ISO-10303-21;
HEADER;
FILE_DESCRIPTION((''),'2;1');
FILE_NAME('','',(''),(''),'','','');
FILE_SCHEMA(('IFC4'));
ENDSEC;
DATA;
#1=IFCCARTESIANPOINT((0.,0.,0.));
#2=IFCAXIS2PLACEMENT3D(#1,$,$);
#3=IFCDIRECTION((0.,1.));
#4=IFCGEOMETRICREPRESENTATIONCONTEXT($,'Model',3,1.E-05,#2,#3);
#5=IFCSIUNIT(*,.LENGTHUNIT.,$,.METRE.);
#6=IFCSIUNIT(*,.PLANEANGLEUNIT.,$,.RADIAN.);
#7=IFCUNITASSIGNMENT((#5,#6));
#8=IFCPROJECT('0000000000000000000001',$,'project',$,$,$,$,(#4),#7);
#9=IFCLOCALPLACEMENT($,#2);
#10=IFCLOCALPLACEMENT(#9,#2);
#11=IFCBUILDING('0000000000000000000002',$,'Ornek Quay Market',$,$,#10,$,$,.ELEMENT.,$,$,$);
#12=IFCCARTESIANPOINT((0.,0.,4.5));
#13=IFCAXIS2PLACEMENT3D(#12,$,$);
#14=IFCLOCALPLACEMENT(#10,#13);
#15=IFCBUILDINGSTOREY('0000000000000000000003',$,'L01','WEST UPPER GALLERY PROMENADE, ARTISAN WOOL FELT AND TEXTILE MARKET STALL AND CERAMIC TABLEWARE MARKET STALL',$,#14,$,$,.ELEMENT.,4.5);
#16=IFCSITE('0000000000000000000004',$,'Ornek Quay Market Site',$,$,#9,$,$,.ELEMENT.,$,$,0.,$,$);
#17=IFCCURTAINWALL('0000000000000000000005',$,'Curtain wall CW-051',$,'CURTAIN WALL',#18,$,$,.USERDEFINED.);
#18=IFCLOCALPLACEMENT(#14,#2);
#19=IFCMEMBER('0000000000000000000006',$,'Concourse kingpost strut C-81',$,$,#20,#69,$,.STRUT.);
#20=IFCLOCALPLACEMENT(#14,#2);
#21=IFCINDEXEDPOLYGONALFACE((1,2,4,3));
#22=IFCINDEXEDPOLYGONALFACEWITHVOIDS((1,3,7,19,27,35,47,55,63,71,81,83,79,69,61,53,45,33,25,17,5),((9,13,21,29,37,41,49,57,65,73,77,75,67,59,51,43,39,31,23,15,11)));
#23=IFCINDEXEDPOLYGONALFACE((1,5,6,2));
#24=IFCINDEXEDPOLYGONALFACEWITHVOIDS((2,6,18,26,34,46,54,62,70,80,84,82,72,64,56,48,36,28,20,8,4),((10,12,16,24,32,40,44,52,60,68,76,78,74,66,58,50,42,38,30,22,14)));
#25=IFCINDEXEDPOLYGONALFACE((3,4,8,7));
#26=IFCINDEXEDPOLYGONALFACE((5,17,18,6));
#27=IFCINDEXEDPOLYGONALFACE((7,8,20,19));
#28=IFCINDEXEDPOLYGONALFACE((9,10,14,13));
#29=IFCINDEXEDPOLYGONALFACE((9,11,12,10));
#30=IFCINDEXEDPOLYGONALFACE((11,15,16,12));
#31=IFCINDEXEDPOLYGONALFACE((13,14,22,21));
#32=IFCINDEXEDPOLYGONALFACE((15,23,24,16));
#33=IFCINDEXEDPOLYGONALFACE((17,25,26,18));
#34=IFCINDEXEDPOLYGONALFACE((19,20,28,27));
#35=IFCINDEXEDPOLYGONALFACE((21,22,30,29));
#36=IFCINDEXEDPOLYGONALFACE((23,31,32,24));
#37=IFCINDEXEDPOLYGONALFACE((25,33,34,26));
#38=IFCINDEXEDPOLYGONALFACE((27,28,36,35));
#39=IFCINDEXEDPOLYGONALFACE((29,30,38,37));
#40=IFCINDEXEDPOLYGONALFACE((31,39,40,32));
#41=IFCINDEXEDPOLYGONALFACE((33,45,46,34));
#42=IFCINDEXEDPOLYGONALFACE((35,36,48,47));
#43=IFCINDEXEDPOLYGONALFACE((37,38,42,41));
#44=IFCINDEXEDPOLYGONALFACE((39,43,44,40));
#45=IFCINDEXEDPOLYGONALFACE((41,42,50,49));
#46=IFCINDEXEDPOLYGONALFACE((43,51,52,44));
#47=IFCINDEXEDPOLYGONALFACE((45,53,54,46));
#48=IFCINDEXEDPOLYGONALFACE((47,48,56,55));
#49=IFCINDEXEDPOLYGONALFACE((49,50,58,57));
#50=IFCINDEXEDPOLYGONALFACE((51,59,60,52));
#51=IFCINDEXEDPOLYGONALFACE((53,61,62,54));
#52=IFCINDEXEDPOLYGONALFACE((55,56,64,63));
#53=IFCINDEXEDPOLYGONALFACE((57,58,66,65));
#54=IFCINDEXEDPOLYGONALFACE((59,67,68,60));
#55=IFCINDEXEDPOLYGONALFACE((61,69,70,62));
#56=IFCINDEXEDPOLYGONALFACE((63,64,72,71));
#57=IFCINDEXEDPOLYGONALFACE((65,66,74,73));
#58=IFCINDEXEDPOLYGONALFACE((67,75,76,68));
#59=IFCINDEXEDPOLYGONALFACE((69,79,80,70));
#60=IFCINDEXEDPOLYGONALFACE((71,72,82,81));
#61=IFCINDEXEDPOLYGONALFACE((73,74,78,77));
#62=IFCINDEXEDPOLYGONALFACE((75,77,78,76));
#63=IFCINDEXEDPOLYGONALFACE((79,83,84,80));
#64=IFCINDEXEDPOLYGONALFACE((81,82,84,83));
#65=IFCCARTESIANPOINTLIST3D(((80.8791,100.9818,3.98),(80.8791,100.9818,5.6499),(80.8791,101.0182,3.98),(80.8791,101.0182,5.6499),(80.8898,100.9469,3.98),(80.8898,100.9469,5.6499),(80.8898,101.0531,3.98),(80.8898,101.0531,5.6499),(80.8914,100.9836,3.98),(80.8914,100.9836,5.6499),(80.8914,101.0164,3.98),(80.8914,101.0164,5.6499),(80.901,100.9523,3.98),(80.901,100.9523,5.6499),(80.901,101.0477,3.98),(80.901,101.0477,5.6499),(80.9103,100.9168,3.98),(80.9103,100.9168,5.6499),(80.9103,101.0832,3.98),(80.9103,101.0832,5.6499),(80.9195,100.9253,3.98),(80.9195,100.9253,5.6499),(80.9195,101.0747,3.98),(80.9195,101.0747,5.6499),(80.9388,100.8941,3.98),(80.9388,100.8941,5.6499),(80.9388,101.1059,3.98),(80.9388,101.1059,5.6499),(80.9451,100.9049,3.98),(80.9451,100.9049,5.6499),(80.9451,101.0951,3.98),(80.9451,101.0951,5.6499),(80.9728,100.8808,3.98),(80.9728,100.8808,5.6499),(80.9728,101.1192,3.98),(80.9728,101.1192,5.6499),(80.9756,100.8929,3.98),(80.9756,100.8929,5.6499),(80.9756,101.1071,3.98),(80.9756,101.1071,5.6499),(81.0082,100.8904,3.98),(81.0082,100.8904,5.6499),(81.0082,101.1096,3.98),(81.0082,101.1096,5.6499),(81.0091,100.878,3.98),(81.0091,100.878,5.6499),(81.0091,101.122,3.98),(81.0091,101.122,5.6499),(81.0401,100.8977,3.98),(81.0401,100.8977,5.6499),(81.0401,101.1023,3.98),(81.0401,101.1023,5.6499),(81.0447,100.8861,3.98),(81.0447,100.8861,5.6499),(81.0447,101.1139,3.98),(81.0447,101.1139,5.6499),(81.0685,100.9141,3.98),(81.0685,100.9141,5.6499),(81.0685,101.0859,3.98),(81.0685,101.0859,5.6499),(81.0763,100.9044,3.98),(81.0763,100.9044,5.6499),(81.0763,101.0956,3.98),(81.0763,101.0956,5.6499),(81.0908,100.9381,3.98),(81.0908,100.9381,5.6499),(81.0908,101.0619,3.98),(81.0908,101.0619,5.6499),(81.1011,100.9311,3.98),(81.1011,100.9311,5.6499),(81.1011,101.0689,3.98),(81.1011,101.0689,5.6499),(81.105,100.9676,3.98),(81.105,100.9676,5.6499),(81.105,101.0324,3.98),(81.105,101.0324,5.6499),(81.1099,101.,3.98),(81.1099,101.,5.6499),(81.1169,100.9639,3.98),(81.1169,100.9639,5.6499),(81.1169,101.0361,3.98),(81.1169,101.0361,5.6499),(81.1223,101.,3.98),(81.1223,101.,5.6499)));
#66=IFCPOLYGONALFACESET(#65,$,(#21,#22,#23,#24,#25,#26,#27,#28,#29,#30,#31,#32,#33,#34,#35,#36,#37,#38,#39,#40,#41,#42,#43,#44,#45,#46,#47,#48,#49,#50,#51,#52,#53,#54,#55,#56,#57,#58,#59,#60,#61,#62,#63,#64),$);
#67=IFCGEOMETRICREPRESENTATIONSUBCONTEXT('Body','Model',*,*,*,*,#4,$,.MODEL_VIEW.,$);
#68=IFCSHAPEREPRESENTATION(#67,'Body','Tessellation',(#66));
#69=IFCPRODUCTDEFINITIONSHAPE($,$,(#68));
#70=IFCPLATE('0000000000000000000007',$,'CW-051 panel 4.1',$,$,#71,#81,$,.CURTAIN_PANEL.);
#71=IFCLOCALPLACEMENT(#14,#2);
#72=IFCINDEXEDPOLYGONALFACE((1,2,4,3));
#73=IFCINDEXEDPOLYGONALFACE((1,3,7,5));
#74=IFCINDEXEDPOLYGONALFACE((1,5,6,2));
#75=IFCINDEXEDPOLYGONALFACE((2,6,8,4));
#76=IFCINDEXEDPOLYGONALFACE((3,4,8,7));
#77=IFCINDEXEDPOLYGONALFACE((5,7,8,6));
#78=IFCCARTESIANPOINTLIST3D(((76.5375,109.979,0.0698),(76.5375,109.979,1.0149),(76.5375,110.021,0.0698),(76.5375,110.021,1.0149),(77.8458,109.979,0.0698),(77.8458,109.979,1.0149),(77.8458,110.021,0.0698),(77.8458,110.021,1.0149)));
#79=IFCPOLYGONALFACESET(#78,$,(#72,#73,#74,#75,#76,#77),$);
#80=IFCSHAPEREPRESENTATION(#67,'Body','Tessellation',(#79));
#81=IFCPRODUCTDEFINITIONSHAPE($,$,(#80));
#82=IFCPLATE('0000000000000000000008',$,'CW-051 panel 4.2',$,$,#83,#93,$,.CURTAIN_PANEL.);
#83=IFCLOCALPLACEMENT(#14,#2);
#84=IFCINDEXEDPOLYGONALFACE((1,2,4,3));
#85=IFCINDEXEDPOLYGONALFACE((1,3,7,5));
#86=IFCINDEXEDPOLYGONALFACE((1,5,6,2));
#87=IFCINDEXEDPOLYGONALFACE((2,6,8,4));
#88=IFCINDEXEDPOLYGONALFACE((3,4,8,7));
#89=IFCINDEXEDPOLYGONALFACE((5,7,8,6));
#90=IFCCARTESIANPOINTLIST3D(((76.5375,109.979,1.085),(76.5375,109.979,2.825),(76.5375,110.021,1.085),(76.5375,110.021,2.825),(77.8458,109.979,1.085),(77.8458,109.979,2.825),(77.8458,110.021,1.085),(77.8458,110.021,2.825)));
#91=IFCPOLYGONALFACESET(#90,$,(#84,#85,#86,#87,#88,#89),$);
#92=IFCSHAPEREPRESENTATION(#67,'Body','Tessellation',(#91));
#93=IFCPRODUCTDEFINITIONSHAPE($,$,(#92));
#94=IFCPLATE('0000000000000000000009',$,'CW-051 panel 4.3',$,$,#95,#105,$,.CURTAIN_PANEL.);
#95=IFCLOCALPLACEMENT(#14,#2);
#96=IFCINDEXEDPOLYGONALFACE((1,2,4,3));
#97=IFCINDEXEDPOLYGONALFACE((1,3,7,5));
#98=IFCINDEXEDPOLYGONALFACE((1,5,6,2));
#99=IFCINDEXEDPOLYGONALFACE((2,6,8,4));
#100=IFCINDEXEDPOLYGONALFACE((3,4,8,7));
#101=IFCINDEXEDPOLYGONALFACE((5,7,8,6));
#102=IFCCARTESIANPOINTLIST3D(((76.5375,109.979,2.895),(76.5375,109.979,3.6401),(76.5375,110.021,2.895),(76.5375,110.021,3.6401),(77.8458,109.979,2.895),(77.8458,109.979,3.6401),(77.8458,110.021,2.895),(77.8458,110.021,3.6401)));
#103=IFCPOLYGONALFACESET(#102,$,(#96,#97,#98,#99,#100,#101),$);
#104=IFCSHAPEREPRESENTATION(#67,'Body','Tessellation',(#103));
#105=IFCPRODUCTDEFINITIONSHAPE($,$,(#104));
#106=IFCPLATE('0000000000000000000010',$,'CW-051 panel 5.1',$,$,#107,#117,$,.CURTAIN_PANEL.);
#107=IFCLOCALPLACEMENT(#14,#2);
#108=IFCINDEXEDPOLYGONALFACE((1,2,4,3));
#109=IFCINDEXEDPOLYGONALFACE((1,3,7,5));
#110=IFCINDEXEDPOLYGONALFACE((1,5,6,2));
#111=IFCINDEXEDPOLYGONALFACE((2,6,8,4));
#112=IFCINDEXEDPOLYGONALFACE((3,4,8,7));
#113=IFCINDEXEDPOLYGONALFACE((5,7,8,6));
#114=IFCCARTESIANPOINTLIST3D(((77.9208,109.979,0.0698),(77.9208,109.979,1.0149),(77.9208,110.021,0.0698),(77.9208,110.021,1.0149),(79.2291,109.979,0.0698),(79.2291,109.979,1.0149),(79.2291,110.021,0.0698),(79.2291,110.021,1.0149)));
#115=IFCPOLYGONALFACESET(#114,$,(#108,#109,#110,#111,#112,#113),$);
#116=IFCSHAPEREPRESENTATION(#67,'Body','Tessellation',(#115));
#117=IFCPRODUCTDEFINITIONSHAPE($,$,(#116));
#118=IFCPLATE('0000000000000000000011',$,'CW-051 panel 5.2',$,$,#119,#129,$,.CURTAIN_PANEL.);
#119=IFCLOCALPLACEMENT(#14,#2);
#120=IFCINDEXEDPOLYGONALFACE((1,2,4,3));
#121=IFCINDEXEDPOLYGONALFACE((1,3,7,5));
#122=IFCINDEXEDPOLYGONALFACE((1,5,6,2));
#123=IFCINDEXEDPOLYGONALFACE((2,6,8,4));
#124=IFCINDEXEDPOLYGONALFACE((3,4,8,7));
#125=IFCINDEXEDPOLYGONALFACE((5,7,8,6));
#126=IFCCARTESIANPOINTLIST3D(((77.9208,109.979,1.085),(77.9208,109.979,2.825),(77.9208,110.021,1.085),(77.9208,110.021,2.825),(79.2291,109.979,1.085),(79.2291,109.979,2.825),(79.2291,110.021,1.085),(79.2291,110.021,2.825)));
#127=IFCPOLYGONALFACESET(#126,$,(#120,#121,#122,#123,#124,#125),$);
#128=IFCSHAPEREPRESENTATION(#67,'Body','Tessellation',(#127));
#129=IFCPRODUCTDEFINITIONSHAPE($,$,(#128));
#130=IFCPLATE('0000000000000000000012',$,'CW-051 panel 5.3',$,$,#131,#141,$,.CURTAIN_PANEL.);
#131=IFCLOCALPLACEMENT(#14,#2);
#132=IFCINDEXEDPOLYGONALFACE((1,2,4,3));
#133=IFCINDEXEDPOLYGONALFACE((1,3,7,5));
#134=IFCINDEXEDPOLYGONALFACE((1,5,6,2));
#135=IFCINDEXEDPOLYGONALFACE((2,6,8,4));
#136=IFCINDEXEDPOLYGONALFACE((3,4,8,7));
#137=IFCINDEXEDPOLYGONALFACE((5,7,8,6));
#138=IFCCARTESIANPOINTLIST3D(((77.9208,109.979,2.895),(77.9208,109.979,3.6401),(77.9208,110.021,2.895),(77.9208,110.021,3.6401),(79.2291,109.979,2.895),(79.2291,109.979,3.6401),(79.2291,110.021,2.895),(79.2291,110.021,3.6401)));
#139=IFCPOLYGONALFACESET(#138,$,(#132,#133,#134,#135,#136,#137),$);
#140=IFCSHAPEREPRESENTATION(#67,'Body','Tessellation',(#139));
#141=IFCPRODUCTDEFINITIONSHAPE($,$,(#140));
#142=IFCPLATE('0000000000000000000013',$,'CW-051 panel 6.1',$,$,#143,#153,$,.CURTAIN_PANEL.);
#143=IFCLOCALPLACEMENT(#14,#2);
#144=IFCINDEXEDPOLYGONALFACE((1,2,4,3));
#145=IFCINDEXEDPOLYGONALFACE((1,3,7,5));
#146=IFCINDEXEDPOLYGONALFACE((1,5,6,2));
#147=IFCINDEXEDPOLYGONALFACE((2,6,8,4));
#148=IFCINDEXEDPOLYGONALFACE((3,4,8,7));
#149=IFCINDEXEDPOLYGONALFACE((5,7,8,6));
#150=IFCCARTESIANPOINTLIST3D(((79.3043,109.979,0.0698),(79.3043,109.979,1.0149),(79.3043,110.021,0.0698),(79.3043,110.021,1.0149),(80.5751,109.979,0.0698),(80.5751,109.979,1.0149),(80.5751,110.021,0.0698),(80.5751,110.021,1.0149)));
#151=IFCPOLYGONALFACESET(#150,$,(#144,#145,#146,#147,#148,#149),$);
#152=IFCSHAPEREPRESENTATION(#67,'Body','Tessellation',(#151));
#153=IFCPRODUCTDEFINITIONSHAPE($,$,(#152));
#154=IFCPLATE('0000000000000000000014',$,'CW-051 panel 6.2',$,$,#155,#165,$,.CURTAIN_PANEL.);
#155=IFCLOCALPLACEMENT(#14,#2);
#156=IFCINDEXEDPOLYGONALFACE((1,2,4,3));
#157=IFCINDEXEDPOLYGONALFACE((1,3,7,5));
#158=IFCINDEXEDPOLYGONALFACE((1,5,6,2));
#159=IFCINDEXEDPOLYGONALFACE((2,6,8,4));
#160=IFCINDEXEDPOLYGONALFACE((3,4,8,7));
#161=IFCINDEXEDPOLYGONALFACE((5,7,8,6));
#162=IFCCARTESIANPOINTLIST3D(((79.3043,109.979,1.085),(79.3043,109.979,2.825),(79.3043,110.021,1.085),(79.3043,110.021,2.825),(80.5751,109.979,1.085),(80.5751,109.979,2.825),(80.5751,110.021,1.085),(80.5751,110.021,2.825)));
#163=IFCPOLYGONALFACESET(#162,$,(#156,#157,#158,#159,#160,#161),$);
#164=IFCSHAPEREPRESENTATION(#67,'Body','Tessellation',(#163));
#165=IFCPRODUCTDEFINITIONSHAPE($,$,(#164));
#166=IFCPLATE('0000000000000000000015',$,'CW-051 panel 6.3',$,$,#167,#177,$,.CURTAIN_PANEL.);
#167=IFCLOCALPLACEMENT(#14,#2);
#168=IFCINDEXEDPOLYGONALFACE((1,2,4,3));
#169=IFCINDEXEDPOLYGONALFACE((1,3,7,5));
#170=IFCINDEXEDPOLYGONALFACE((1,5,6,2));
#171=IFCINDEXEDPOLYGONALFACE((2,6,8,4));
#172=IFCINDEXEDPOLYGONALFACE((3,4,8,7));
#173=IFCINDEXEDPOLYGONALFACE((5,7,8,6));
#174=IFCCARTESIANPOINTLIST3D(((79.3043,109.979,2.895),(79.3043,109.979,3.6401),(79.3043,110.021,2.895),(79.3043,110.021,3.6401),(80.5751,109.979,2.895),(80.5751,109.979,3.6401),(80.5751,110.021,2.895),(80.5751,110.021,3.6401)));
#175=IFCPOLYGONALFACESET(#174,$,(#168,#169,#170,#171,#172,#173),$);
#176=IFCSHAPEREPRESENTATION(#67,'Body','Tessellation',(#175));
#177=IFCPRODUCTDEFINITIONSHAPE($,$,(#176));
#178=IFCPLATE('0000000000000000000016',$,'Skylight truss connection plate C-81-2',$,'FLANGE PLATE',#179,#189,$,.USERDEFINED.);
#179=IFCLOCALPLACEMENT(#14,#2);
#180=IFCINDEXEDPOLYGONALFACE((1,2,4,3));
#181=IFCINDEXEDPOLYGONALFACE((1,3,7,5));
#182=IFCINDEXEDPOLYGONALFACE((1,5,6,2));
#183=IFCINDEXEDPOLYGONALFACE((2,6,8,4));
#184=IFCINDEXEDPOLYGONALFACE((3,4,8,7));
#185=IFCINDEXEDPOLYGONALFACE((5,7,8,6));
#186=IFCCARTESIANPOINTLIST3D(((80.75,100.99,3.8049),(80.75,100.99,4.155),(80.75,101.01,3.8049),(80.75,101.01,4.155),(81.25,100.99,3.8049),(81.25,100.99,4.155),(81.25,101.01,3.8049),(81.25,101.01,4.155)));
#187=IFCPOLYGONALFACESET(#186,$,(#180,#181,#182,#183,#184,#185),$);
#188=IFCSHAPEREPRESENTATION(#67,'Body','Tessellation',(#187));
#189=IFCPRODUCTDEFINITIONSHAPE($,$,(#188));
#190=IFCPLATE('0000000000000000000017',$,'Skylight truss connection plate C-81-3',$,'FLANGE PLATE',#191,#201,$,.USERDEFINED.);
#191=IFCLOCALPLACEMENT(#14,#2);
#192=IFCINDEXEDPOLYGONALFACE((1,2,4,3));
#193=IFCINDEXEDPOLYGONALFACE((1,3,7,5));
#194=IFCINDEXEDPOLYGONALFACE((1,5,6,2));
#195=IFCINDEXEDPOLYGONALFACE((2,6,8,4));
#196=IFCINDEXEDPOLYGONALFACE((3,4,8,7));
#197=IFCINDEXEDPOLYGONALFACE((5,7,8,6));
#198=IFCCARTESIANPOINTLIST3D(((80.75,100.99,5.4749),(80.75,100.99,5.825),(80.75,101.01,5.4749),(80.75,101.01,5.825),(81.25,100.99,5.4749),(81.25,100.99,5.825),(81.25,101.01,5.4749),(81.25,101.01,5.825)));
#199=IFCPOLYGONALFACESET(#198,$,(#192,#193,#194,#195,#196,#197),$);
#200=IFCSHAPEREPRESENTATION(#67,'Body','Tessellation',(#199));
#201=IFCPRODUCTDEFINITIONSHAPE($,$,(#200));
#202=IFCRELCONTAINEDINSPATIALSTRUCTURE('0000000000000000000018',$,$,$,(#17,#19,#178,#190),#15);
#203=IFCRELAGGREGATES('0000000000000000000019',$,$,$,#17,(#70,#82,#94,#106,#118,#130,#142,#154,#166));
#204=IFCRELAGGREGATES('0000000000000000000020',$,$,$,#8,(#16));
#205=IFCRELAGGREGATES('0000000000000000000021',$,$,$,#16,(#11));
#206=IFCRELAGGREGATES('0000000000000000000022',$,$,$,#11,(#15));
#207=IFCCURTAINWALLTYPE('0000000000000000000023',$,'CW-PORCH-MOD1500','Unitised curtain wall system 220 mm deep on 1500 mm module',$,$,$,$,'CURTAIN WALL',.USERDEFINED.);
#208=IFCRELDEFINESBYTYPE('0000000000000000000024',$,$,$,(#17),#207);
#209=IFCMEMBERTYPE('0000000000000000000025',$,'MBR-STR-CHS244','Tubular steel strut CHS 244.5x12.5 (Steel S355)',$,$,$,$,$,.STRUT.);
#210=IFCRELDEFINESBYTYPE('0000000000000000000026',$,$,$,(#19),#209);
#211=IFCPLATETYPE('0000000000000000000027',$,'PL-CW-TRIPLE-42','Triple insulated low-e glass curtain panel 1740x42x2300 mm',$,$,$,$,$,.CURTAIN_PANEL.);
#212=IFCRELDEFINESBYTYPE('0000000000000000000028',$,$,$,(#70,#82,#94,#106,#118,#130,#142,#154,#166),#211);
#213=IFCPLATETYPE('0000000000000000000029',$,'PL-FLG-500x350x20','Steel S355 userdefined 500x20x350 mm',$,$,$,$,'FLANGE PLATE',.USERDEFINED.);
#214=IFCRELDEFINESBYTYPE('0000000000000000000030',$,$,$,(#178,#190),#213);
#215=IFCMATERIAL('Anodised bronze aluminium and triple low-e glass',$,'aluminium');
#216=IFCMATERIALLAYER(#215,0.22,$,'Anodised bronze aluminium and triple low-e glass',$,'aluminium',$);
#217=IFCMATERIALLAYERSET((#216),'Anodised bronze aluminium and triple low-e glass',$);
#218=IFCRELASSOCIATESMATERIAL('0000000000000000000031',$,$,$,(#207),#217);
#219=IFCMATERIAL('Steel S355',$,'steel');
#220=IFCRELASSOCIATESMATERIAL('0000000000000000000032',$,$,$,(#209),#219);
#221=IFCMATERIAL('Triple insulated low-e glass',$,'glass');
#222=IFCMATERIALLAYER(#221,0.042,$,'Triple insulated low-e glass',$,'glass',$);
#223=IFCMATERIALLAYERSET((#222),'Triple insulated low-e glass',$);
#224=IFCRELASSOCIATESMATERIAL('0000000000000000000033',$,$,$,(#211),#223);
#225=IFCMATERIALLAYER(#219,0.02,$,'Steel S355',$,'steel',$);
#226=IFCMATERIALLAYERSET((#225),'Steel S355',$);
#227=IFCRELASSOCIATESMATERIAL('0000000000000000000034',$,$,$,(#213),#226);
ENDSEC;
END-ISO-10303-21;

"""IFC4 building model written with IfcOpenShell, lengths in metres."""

from ifc_helpers import new_model, si_unit, direction, frame, origin, origin_2d, place, context, subcontext, project, spatial, rectangle, hollow_circle, extrude, material, layer, layer_set, material_profile, profile_set, type_object, element, aggregate, save


model = new_model("IFC4")

# Units and contexts
model_context = context("Model", 3, precision=1e-05, world=origin(), true_north=direction((0.0, 1.0)))
body_context = subcontext(model_context, "Body", "Model", "MODEL_VIEW")
ifc_project = project(units=[si_unit("LENGTHUNIT", "METRE"), si_unit("PLANEANGLEUNIT", "RADIAN")], contexts=[model_context])

# Site, building, storey
site_placement = place(None, origin())
site = spatial("IfcSite", under=ifc_project, at=site_placement, Name="Ornek Quay Market Site", CompositionType="ELEMENT", RefElevation=0.0)
building_placement = place(site_placement, origin())
building = spatial("IfcBuilding", under=site, at=building_placement, Name="Ornek Quay Market", CompositionType="ELEMENT")
storey_placement = place(building_placement, frame((0.0, 0.0, 4.5)))
storey = spatial("IfcBuildingStorey", under=building, at=storey_placement, Name="L01", Description="WEST UPPER GALLERY PROMENADE, ARTISAN WOOL FELT AND TEXTILE MARKET STALL AND CERAMIC TABLEWARE MARKET STALL", CompositionType="ELEMENT", Elevation=4.5)

# Curtain wall
ifc_material_1 = material(Name="Anodised bronze aluminium and triple low-e glass", Category="aluminium")
ifc_layer_1 = layer(ifc_material_1, 0.22, Name="Anodised bronze aluminium and triple low-e glass", Category="aluminium")
ifc_layer_set_1 = layer_set([ifc_layer_1], Name="Anodised bronze aluminium and triple low-e glass")
curtain_wall_type = type_object("IfcCurtainWallType", Name="CW-PORCH-MOD1500", Description="Unitised curtain wall system 220 mm deep on 1500 mm module", ElementType="CURTAIN WALL", PredefinedType="USERDEFINED", material=ifc_layer_set_1)
curtain_wall_1_placement = place(storey_placement, origin())
curtain_wall_1 = element("IfcCurtainWall", 1, at=curtain_wall_1_placement, inside=storey, type_object=curtain_wall_type, Name="Curtain wall CW-051", ObjectType="CURTAIN WALL", PredefinedType="USERDEFINED")

# Member
ifc_material_2 = material(Name="Steel S355", Category="steel")
ifc_material_profile_1 = material_profile(ifc_material_2, hollow_circle(Radius=0.1223, WallThickness=0.0125, at=origin_2d()), Name="CHS 244.5x12.5", Category="steel")
ifc_profile_set_1 = profile_set([ifc_material_profile_1], Name="Steel S355")
member_type_1 = type_object("IfcMemberType", Name="MBR-STR-CHS244", Description="Tubular steel strut CHS 244.5x12.5 (Steel S355)", PredefinedType="STRUT", material=ifc_profile_set_1)
member_1_placement = place(storey_placement, frame((81.0, 101.0, 3.98), z_axis=(0.0, 0.0, 1.0), x_axis=(1.0, 0.0, 0.0)))
element("IfcMember", 2, at=member_1_placement, inside=storey, type_object=member_type_1, Name="Concourse kingpost strut C-81", PredefinedType="STRUT", context=body_context, shape_type="SweptSolid", body=[
    extrude(hollow_circle(Radius=0.1223, WallThickness=0.0125, at=origin_2d()), origin(), (0.0, 0.0, 1.0), 1.6699),
])

# Plates
ifc_material_3 = material(Name="Triple insulated low-e glass", Category="glass")
ifc_layer_2 = layer(ifc_material_3, 0.042, Name="Triple insulated low-e glass", Category="glass")
ifc_layer_set_2 = layer_set([ifc_layer_2], Name="Triple insulated low-e glass")
plate_type_1 = type_object("IfcPlateType", Name="PL-CW-TRIPLE-42", Description="Triple insulated low-e glass curtain panel 1740x42x2300 mm", PredefinedType="CURTAIN_PANEL", material=ifc_layer_set_2)
plate_1_placement = place(storey_placement, frame((77.1917, 110.0, 0.0698), z_axis=(0.0, 0.0, 1.0), x_axis=(1.0, 0.0, 0.0)))
plate_1 = element("IfcPlate", 3, at=plate_1_placement, type_object=plate_type_1, Name="CW-051 panel 4.1", PredefinedType="CURTAIN_PANEL", context=body_context, shape_type="SweptSolid", body=[
    extrude(rectangle(XDim=1.3083, YDim=0.042, at=origin_2d()), origin(), (0.0, 0.0, 1.0), 0.9451),
])
plate_2_placement = place(storey_placement, frame((77.1917, 110.0, 1.085), z_axis=(0.0, 0.0, 1.0), x_axis=(1.0, 0.0, 0.0)))
plate_2 = element("IfcPlate", 4, at=plate_2_placement, type_object=plate_type_1, Name="CW-051 panel 4.2", PredefinedType="CURTAIN_PANEL", context=body_context, shape_type="SweptSolid", body=[
    extrude(rectangle(XDim=1.3083, YDim=0.042, at=origin_2d()), origin(), (0.0, 0.0, 1.0), 1.74),
])
plate_3_placement = place(storey_placement, frame((77.1917, 110.0, 2.895), z_axis=(0.0, 0.0, 1.0), x_axis=(1.0, 0.0, 0.0)))
plate_3 = element("IfcPlate", 5, at=plate_3_placement, type_object=plate_type_1, Name="CW-051 panel 4.3", PredefinedType="CURTAIN_PANEL", context=body_context, shape_type="SweptSolid", body=[
    extrude(rectangle(XDim=1.3083, YDim=0.042, at=origin_2d()), origin(), (0.0, 0.0, 1.0), 0.7451),
])
plate_4_placement = place(storey_placement, frame((78.575, 110.0, 0.0698), z_axis=(0.0, 0.0, 1.0), x_axis=(1.0, 0.0, 0.0)))
plate_4 = element("IfcPlate", 6, at=plate_4_placement, type_object=plate_type_1, Name="CW-051 panel 5.1", PredefinedType="CURTAIN_PANEL", context=body_context, shape_type="SweptSolid", body=[
    extrude(rectangle(XDim=1.3083, YDim=0.042, at=origin_2d()), origin(), (0.0, 0.0, 1.0), 0.9451),
])
plate_5_placement = place(storey_placement, frame((78.575, 110.0, 1.085), z_axis=(0.0, 0.0, 1.0), x_axis=(1.0, 0.0, 0.0)))
plate_5 = element("IfcPlate", 7, at=plate_5_placement, type_object=plate_type_1, Name="CW-051 panel 5.2", PredefinedType="CURTAIN_PANEL", context=body_context, shape_type="SweptSolid", body=[
    extrude(rectangle(XDim=1.3083, YDim=0.042, at=origin_2d()), origin(), (0.0, 0.0, 1.0), 1.74),
])
plate_6_placement = place(storey_placement, frame((78.575, 110.0, 2.895), z_axis=(0.0, 0.0, 1.0), x_axis=(1.0, 0.0, 0.0)))
plate_6 = element("IfcPlate", 8, at=plate_6_placement, type_object=plate_type_1, Name="CW-051 panel 5.3", PredefinedType="CURTAIN_PANEL", context=body_context, shape_type="SweptSolid", body=[
    extrude(rectangle(XDim=1.3083, YDim=0.042, at=origin_2d()), origin(), (0.0, 0.0, 1.0), 0.7451),
])
plate_7_placement = place(storey_placement, frame((79.9397, 110.0, 0.0698), z_axis=(0.0, 0.0, 1.0), x_axis=(1.0, 0.0, 0.0)))
plate_7 = element("IfcPlate", 9, at=plate_7_placement, type_object=plate_type_1, Name="CW-051 panel 6.1", PredefinedType="CURTAIN_PANEL", context=body_context, shape_type="SweptSolid", body=[
    extrude(rectangle(XDim=1.2708, YDim=0.042, at=origin_2d()), origin(), (0.0, 0.0, 1.0), 0.9451),
])
plate_8_placement = place(storey_placement, frame((79.9397, 110.0, 1.085), z_axis=(0.0, 0.0, 1.0), x_axis=(1.0, 0.0, 0.0)))
plate_8 = element("IfcPlate", 10, at=plate_8_placement, type_object=plate_type_1, Name="CW-051 panel 6.2", PredefinedType="CURTAIN_PANEL", context=body_context, shape_type="SweptSolid", body=[
    extrude(rectangle(XDim=1.2708, YDim=0.042, at=origin_2d()), origin(), (0.0, 0.0, 1.0), 1.74),
])
plate_9_placement = place(storey_placement, frame((79.9397, 110.0, 2.895), z_axis=(0.0, 0.0, 1.0), x_axis=(1.0, 0.0, 0.0)))
plate_9 = element("IfcPlate", 11, at=plate_9_placement, type_object=plate_type_1, Name="CW-051 panel 6.3", PredefinedType="CURTAIN_PANEL", context=body_context, shape_type="SweptSolid", body=[
    extrude(rectangle(XDim=1.2708, YDim=0.042, at=origin_2d()), origin(), (0.0, 0.0, 1.0), 0.7451),
])
aggregate(curtain_wall_1, [plate_1, plate_2, plate_3, plate_4, plate_5, plate_6, plate_7, plate_8, plate_9])

# Plates
ifc_layer_3 = layer(ifc_material_2, 0.02, Name="Steel S355", Category="steel")
ifc_layer_set_3 = layer_set([ifc_layer_3], Name="Steel S355")
plate_type_2 = type_object("IfcPlateType", Name="PL-FLG-500x350x20", Description="Steel S355 userdefined 500x20x350 mm", ElementType="FLANGE PLATE", PredefinedType="USERDEFINED", material=ifc_layer_set_3)
for number, where, z_axis, x_axis, name in (
    (12, (81.0, 101.0, 3.8049), (0.0, 0.0, 1.0), (1.0, 0.0, 0.0), "Skylight truss connection plate C-81-2"),
    (13, (81.0, 101.0, 5.4749), (0.0, 0.0, 1.0), (1.0, 0.0, 0.0), "Skylight truss connection plate C-81-3"),
):
    element("IfcPlate", number, at=place(storey_placement, frame(where, z_axis=z_axis, x_axis=x_axis)), inside=storey, type_object=plate_type_2, Name=name, ObjectType="FLANGE PLATE", PredefinedType="USERDEFINED", context=body_context, shape_type="SweptSolid", body=[
        extrude(rectangle(XDim=0.5, YDim=0.02, at=origin_2d()), origin(), (0.0, 0.0, 1.0), 0.3501),
    ])

save(model, "model.ifc")
